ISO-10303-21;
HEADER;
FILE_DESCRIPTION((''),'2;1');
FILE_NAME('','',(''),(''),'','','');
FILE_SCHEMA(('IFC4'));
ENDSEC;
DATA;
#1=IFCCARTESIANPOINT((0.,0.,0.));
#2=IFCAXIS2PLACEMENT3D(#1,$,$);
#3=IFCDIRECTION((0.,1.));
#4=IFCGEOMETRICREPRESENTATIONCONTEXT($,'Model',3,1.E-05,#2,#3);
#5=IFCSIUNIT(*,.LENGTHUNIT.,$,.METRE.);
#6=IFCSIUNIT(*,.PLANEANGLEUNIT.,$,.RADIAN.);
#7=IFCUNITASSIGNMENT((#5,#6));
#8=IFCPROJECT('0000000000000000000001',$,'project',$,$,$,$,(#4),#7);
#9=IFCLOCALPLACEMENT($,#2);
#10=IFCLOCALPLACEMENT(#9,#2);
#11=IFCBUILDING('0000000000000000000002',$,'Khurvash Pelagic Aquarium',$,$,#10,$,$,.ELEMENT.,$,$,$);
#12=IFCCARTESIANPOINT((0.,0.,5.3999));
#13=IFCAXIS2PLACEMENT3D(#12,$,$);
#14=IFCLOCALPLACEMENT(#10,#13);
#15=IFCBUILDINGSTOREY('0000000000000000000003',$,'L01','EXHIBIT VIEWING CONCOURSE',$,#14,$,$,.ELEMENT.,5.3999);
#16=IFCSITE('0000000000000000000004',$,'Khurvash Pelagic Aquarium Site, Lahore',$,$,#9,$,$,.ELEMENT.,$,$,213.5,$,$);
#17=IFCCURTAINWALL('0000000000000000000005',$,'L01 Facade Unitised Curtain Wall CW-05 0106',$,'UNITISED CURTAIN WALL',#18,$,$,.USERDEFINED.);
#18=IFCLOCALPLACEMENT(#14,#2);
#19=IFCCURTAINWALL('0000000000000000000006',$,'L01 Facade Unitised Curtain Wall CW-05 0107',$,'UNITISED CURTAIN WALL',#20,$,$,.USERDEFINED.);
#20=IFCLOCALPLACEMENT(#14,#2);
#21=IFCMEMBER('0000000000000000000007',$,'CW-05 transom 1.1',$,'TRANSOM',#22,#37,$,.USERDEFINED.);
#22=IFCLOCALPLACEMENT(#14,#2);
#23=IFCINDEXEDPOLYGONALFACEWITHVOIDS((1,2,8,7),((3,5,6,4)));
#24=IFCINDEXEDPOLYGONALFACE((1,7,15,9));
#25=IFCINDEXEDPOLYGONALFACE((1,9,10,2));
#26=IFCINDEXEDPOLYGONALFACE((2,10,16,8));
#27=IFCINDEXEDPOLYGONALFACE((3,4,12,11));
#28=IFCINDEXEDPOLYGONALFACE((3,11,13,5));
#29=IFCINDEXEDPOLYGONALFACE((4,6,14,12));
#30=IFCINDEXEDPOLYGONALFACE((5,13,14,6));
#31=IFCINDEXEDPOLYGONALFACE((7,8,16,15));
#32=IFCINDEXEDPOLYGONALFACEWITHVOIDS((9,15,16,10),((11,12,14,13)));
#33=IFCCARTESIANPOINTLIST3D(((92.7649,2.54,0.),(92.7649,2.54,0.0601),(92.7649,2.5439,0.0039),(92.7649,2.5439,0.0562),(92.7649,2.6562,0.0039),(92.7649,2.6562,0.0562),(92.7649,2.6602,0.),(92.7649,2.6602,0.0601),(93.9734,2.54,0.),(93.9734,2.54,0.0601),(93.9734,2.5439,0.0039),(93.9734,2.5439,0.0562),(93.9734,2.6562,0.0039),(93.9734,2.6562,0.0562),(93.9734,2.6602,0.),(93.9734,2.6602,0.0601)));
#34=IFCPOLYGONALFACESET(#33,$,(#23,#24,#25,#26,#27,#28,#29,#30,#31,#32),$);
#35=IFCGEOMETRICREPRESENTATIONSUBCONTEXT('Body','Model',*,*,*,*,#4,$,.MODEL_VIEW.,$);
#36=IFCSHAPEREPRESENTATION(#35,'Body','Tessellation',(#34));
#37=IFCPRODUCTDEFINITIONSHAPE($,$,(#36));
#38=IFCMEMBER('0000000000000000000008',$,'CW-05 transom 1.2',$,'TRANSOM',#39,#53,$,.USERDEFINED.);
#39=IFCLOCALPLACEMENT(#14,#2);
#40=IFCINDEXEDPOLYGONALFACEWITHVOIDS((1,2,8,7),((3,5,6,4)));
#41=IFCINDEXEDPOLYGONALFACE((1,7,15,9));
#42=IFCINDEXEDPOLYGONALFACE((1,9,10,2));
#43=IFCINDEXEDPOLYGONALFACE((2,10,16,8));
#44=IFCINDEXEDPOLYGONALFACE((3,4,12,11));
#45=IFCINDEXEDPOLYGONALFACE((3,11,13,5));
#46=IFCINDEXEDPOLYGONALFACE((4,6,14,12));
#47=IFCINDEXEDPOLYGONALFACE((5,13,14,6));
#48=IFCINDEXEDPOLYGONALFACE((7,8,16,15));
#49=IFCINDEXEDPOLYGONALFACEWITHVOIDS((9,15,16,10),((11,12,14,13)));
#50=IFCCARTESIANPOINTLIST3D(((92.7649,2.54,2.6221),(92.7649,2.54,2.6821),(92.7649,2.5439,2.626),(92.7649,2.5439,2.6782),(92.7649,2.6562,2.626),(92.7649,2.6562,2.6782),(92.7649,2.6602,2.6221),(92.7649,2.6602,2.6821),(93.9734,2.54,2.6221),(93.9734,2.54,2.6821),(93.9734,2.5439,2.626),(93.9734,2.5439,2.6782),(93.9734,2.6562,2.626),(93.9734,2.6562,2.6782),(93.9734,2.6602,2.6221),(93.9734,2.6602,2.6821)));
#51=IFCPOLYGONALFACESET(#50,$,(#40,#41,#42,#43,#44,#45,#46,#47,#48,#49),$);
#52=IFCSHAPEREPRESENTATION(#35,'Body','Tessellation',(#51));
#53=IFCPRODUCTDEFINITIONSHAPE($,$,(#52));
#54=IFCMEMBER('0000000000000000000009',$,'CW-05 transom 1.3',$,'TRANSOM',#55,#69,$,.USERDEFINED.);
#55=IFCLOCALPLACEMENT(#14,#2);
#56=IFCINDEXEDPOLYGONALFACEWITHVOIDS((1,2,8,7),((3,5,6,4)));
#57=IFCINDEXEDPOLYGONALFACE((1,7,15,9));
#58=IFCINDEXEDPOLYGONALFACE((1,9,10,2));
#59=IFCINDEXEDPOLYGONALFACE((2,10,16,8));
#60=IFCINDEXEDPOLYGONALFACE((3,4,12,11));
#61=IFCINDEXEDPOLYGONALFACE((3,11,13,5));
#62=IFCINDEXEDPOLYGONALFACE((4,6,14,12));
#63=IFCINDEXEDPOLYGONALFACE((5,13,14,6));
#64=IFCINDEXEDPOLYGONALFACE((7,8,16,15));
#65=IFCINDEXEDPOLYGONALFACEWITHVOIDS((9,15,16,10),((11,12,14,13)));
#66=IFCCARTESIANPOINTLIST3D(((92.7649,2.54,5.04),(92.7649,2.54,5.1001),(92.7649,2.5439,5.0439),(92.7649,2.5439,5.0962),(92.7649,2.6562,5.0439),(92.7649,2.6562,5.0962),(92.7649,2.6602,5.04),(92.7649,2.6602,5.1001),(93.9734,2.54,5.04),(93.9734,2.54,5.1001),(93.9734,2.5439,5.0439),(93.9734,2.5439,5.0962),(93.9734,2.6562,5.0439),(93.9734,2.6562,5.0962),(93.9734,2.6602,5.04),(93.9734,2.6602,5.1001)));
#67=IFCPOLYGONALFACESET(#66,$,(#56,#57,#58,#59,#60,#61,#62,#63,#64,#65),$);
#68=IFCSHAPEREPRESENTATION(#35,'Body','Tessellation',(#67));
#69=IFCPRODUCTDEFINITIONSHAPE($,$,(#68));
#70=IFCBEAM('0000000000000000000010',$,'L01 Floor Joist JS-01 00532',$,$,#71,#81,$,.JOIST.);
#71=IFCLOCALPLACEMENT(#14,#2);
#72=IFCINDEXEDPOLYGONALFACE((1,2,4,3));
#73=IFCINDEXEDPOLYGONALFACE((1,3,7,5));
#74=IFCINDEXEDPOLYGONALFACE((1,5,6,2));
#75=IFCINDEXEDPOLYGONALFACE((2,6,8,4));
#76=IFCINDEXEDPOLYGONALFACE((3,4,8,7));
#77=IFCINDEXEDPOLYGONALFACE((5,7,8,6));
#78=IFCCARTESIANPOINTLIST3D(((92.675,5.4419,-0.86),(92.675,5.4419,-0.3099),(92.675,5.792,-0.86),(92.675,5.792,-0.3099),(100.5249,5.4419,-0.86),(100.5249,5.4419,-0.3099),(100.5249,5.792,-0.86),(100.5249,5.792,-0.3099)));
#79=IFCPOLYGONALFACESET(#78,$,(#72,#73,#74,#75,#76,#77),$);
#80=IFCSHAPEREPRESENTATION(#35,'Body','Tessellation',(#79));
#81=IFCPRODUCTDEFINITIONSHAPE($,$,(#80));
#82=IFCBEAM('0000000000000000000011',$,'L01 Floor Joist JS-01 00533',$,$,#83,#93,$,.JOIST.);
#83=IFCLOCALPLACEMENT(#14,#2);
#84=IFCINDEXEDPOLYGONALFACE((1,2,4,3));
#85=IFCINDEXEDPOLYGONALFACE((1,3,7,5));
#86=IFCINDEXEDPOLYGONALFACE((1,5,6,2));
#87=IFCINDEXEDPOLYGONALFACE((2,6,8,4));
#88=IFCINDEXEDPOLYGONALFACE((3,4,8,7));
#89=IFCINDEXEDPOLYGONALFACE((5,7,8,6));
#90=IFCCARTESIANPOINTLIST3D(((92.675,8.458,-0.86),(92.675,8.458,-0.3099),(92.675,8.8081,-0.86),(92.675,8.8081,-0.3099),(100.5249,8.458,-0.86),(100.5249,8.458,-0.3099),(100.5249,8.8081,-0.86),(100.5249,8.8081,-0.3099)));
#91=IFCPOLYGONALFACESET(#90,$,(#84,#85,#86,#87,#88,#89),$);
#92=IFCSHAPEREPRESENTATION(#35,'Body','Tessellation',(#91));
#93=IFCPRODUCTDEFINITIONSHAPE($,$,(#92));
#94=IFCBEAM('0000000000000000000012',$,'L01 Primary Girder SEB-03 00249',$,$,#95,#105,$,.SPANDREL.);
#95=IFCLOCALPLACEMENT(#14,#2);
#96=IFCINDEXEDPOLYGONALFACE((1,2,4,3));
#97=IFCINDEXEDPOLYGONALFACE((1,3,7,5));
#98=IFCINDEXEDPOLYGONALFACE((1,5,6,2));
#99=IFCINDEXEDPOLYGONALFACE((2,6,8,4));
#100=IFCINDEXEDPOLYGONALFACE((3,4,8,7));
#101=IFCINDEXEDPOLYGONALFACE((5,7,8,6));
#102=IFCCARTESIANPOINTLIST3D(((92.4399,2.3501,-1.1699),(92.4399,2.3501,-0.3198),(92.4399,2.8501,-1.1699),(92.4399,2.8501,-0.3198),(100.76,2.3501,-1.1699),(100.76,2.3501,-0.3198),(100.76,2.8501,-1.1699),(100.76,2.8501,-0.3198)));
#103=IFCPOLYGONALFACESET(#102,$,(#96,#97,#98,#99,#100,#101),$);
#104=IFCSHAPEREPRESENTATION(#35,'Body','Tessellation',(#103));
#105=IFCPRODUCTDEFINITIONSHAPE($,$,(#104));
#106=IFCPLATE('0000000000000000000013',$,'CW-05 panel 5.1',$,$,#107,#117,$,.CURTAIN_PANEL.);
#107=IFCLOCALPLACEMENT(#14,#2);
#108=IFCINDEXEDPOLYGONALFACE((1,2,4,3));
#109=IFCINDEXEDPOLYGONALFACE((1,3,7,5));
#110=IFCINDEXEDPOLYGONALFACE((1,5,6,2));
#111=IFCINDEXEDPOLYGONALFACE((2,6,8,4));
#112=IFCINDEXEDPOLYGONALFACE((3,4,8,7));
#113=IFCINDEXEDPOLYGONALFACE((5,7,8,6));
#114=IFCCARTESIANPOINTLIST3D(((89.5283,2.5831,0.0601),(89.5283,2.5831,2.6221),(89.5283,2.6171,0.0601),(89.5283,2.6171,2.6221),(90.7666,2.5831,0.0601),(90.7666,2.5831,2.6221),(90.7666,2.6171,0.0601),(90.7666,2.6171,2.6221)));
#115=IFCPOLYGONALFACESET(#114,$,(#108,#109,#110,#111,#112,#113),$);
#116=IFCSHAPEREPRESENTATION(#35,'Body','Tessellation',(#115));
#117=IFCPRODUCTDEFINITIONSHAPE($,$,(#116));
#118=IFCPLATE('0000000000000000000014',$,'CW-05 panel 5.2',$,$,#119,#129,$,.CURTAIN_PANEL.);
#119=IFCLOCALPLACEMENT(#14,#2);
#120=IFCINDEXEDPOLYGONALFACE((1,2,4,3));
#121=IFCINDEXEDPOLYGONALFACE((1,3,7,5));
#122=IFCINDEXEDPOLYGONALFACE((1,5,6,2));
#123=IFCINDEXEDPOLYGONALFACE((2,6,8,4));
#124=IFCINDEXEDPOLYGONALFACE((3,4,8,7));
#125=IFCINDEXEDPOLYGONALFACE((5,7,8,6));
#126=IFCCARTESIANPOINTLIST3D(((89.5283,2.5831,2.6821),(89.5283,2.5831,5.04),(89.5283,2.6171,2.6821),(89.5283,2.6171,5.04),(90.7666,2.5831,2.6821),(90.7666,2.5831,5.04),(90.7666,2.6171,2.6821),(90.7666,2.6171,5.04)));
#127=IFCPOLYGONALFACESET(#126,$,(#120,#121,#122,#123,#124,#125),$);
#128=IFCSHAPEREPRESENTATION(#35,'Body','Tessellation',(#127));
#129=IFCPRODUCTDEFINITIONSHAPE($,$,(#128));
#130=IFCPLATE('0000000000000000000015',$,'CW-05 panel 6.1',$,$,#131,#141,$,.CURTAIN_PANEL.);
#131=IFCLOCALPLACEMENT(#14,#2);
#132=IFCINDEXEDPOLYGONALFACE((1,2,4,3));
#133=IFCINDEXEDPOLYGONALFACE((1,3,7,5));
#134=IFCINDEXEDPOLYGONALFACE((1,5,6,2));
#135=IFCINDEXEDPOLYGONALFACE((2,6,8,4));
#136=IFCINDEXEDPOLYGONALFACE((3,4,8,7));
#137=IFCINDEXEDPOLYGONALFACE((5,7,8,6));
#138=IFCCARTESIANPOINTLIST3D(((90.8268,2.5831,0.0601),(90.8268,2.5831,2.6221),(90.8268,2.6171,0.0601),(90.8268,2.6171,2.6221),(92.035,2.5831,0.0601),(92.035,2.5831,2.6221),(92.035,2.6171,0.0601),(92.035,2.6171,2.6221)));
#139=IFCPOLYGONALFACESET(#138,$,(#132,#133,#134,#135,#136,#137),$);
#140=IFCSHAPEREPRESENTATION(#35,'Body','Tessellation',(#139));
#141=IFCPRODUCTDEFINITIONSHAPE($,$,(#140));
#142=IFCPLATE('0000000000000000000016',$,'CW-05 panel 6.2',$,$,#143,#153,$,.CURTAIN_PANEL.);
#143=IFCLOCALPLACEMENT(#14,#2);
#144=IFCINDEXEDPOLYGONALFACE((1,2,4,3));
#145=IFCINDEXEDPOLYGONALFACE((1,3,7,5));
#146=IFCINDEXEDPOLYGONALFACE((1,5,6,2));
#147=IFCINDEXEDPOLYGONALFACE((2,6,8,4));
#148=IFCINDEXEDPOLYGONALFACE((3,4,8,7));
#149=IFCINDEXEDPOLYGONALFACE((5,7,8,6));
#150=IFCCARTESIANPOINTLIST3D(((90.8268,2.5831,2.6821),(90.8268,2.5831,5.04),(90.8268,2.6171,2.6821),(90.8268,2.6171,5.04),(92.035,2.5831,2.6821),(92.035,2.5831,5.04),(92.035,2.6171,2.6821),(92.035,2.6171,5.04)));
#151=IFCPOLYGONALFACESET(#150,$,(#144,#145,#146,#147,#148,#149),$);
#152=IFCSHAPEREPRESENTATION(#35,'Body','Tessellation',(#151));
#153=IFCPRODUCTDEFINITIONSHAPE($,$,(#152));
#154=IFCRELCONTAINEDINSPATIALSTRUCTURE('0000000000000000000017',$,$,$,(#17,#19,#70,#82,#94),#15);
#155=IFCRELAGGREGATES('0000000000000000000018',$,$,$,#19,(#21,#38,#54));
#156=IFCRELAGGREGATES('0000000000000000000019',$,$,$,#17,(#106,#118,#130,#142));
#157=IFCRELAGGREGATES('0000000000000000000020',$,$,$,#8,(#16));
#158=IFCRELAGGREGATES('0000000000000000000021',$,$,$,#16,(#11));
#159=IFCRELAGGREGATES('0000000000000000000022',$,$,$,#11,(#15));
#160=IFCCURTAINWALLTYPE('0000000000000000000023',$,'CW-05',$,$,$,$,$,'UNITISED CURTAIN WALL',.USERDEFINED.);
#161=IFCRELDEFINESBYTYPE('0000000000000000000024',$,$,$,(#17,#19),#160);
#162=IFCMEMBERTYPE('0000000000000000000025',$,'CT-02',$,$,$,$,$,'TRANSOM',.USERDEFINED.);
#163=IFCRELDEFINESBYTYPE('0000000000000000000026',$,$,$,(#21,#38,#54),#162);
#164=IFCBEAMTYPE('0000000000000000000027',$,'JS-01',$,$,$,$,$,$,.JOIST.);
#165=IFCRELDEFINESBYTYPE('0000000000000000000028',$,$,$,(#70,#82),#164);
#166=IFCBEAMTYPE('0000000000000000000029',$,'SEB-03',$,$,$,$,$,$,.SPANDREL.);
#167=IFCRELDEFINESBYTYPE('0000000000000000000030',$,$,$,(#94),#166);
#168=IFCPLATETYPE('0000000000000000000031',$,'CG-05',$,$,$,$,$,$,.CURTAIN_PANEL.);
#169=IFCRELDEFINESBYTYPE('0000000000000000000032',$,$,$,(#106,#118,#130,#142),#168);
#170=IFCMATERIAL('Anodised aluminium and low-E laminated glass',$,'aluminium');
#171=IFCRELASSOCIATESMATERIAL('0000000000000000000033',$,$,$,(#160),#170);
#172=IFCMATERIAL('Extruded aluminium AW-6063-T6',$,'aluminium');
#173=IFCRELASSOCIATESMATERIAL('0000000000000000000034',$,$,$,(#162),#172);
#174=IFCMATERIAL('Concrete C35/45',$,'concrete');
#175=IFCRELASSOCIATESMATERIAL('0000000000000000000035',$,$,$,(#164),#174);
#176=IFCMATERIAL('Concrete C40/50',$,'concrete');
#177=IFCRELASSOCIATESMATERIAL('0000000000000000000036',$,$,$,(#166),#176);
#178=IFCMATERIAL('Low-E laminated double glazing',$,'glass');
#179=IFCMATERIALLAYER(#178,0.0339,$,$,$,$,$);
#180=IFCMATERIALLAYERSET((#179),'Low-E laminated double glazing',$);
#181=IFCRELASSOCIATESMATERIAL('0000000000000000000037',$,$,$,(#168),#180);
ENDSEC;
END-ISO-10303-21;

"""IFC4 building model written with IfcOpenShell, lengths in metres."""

from ifc_helpers import new_model, si_unit, direction, frame, origin, origin_2d, place, context, subcontext, project, spatial, rectangle, hollow_rectangle, extrude, material, layer, layer_set, material_profile, profile_set, type_object, element, aggregate, save


model = new_model("IFC4")

# Units and contexts
model_context = context("Model", 3, precision=1e-05, world=origin(), true_north=direction((0.0, 1.0)))
body_context = subcontext(model_context, "Body", "Model", "MODEL_VIEW")
ifc_project = project(units=[si_unit("LENGTHUNIT", "METRE"), si_unit("PLANEANGLEUNIT", "RADIAN")], contexts=[model_context])

# Site, building, storey
site_placement = place(None, origin())
site = spatial("IfcSite", under=ifc_project, at=site_placement, Name="Khurvash Pelagic Aquarium Site, Lahore", CompositionType="ELEMENT", RefElevation=213.5)
building_placement = place(site_placement, origin())
building = spatial("IfcBuilding", under=site, at=building_placement, Name="Khurvash Pelagic Aquarium", CompositionType="ELEMENT")
storey_placement = place(building_placement, frame((0.0, 0.0, 5.3999)))
storey = spatial("IfcBuildingStorey", under=building, at=storey_placement, Name="L01", Description="EXHIBIT VIEWING CONCOURSE", CompositionType="ELEMENT", Elevation=5.3999)

# Shared definitions
ifc_material_1 = material(Name="Concrete C40/50", Category="concrete")

# Curtain wall
ifc_material_2 = material(Name="Anodised aluminium and low-E laminated glass", Category="aluminium")
curtain_wall_type = type_object("IfcCurtainWallType", Name="CW-05", ElementType="UNITISED CURTAIN WALL", PredefinedType="USERDEFINED", material=ifc_material_2)
curtain_wall_1_placement = place(storey_placement, origin())
curtain_wall_1 = element("IfcCurtainWall", 1, at=curtain_wall_1_placement, inside=storey, type_object=curtain_wall_type, Name="L01 Facade Unitised Curtain Wall CW-05 0106", ObjectType="UNITISED CURTAIN WALL", PredefinedType="USERDEFINED")
ifc_material_3 = material(Name="Extruded aluminium AW-6063-T6", Category="aluminium")

# Curtain wall
curtain_wall_2_placement = place(storey_placement, origin())
curtain_wall_2 = element("IfcCurtainWall", 2, at=curtain_wall_2_placement, inside=storey, type_object=curtain_wall_type, Name="L01 Facade Unitised Curtain Wall CW-05 0107", ObjectType="UNITISED CURTAIN WALL", PredefinedType="USERDEFINED")

# Members
ifc_material_profile_1 = material_profile(ifc_material_3, hollow_rectangle(XDim=0.1201, YDim=0.0601, WallThickness=0.0039, at=origin_2d()), Name="CWT120X60X4")
ifc_profile_set_1 = profile_set([ifc_material_profile_1], Name="Extruded aluminium AW-6063-T6")
member_type_1 = type_object("IfcMemberType", Name="CT-02", ElementType="TRANSOM", PredefinedType="USERDEFINED", material=ifc_profile_set_1)
member_1_placement = place(storey_placement, frame((92.7649, 2.6001, 0.03), z_axis=(1.0, 0.0, 0.0), x_axis=(0.0, 1.0, 0.0)))
member_1 = element("IfcMember", 3, at=member_1_placement, type_object=member_type_1, Name="CW-05 transom 1.1", ObjectType="TRANSOM", PredefinedType="USERDEFINED", context=body_context, shape_type="SweptSolid", body=[
    extrude(hollow_rectangle(XDim=0.1201, YDim=0.0601, WallThickness=0.0039, at=origin_2d()), origin(), (0.0, 0.0, 1.0), 1.2085),
])
member_2_placement = place(storey_placement, frame((92.7649, 2.6001, 2.6521), z_axis=(1.0, 0.0, 0.0), x_axis=(0.0, 1.0, 0.0)))
member_2 = element("IfcMember", 4, at=member_2_placement, type_object=member_type_1, Name="CW-05 transom 1.2", ObjectType="TRANSOM", PredefinedType="USERDEFINED", context=body_context, shape_type="SweptSolid", body=[
    extrude(hollow_rectangle(XDim=0.1201, YDim=0.0601, WallThickness=0.0039, at=origin_2d()), origin(), (0.0, 0.0, 1.0), 1.2085),
])
member_3_placement = place(storey_placement, frame((92.7649, 2.6001, 5.0701), z_axis=(1.0, 0.0, 0.0), x_axis=(0.0, 1.0, 0.0)))
member_3 = element("IfcMember", 5, at=member_3_placement, type_object=member_type_1, Name="CW-05 transom 1.3", ObjectType="TRANSOM", PredefinedType="USERDEFINED", context=body_context, shape_type="SweptSolid", body=[
    extrude(hollow_rectangle(XDim=0.1201, YDim=0.0601, WallThickness=0.0039, at=origin_2d()), origin(), (0.0, 0.0, 1.0), 1.2085),
])
aggregate(curtain_wall_2, [member_1, member_2, member_3])

# Beams
ifc_material_4 = material(Name="Concrete C35/45", Category="concrete")
ifc_material_profile_2 = material_profile(ifc_material_4, rectangle(XDim=0.3501, YDim=0.55, at=origin_2d()), Name="RC350X550")
ifc_profile_set_2 = profile_set([ifc_material_profile_2], Name="Concrete C35/45")
beam_type_1 = type_object("IfcBeamType", Name="JS-01", PredefinedType="JOIST", material=ifc_profile_set_2)
for number, where, z_axis, x_axis, name in (
    (6, (92.675, 5.6169, -0.585), (1.0, 0.0, 0.0), (0.0, 1.0, 0.0), "L01 Floor Joist JS-01 00532"),
    (7, (92.675, 8.6331, -0.585), (1.0, 0.0, 0.0), (0.0, 1.0, 0.0), "L01 Floor Joist JS-01 00533"),
):
    element("IfcBeam", number, at=place(storey_placement, frame(where, z_axis=z_axis, x_axis=x_axis)), inside=storey, type_object=beam_type_1, Name=name, PredefinedType="JOIST", context=body_context, shape_type="SweptSolid", body=[
        extrude(rectangle(XDim=0.3501, YDim=0.55, at=origin_2d()), origin(), (0.0, 0.0, 1.0), 7.8499),
    ])
ifc_material_profile_3 = material_profile(ifc_material_1, rectangle(XDim=0.5, YDim=0.8501, at=origin_2d()), Name="RC500X850")
ifc_profile_set_3 = profile_set([ifc_material_profile_3], Name="Concrete C40/50")
beam_type_2 = type_object("IfcBeamType", Name="SEB-03", PredefinedType="SPANDREL", material=ifc_profile_set_3)
beam_1_placement = place(storey_placement, frame((92.4399, 2.6001, -0.7449), z_axis=(1.0, 0.0, 0.0), x_axis=(0.0, 1.0, 0.0)))
element("IfcBeam", 8, at=beam_1_placement, inside=storey, type_object=beam_type_2, Name="L01 Primary Girder SEB-03 00249", PredefinedType="SPANDREL", context=body_context, shape_type="SweptSolid", body=[
    extrude(rectangle(XDim=0.5, YDim=0.8501, at=origin_2d()), origin(), (0.0, 0.0, 1.0), 8.3201),
])

# Plates
ifc_material_5 = material(Name="Low-E laminated double glazing", Category="glass")
ifc_layer = layer(ifc_material_5, 0.0339)
ifc_layer_set = layer_set([ifc_layer], Name="Low-E laminated double glazing")
plate_type = type_object("IfcPlateType", Name="CG-05", PredefinedType="CURTAIN_PANEL", material=ifc_layer_set)
plate_1_placement = place(storey_placement, frame((90.1475, 2.6001, 0.0601), z_axis=(0.0, 0.0, 1.0), x_axis=(1.0, 0.0, 0.0)))
plate_1 = element("IfcPlate", 9, at=plate_1_placement, type_object=plate_type, Name="CW-05 panel 5.1", PredefinedType="CURTAIN_PANEL", context=body_context, shape_type="SweptSolid", body=[
    extrude(rectangle(XDim=1.2383, YDim=0.0339, at=origin_2d()), origin(), (0.0, 0.0, 1.0), 2.562),
])
plate_2_placement = place(storey_placement, frame((90.1475, 2.6001, 2.6821), z_axis=(0.0, 0.0, 1.0), x_axis=(1.0, 0.0, 0.0)))
plate_2 = element("IfcPlate", 10, at=plate_2_placement, type_object=plate_type, Name="CW-05 panel 5.2", PredefinedType="CURTAIN_PANEL", context=body_context, shape_type="SweptSolid", body=[
    extrude(rectangle(XDim=1.2383, YDim=0.0339, at=origin_2d()), origin(), (0.0, 0.0, 1.0), 2.3579),
])
plate_3_placement = place(storey_placement, frame((91.4309, 2.6001, 0.0601), z_axis=(0.0, 0.0, 1.0), x_axis=(1.0, 0.0, 0.0)))
plate_3 = element("IfcPlate", 11, at=plate_3_placement, type_object=plate_type, Name="CW-05 panel 6.1", PredefinedType="CURTAIN_PANEL", context=body_context, shape_type="SweptSolid", body=[
    extrude(rectangle(XDim=1.2083, YDim=0.0339, at=origin_2d()), origin(), (0.0, 0.0, 1.0), 2.562),
])
plate_4_placement = place(storey_placement, frame((91.4309, 2.6001, 2.6821), z_axis=(0.0, 0.0, 1.0), x_axis=(1.0, 0.0, 0.0)))
plate_4 = element("IfcPlate", 12, at=plate_4_placement, type_object=plate_type, Name="CW-05 panel 6.2", PredefinedType="CURTAIN_PANEL", context=body_context, shape_type="SweptSolid", body=[
    extrude(rectangle(XDim=1.2083, YDim=0.0339, at=origin_2d()), origin(), (0.0, 0.0, 1.0), 2.3579),
])
aggregate(curtain_wall_1, [plate_1, plate_2, plate_3, plate_4])

save(model, "model.ifc")
